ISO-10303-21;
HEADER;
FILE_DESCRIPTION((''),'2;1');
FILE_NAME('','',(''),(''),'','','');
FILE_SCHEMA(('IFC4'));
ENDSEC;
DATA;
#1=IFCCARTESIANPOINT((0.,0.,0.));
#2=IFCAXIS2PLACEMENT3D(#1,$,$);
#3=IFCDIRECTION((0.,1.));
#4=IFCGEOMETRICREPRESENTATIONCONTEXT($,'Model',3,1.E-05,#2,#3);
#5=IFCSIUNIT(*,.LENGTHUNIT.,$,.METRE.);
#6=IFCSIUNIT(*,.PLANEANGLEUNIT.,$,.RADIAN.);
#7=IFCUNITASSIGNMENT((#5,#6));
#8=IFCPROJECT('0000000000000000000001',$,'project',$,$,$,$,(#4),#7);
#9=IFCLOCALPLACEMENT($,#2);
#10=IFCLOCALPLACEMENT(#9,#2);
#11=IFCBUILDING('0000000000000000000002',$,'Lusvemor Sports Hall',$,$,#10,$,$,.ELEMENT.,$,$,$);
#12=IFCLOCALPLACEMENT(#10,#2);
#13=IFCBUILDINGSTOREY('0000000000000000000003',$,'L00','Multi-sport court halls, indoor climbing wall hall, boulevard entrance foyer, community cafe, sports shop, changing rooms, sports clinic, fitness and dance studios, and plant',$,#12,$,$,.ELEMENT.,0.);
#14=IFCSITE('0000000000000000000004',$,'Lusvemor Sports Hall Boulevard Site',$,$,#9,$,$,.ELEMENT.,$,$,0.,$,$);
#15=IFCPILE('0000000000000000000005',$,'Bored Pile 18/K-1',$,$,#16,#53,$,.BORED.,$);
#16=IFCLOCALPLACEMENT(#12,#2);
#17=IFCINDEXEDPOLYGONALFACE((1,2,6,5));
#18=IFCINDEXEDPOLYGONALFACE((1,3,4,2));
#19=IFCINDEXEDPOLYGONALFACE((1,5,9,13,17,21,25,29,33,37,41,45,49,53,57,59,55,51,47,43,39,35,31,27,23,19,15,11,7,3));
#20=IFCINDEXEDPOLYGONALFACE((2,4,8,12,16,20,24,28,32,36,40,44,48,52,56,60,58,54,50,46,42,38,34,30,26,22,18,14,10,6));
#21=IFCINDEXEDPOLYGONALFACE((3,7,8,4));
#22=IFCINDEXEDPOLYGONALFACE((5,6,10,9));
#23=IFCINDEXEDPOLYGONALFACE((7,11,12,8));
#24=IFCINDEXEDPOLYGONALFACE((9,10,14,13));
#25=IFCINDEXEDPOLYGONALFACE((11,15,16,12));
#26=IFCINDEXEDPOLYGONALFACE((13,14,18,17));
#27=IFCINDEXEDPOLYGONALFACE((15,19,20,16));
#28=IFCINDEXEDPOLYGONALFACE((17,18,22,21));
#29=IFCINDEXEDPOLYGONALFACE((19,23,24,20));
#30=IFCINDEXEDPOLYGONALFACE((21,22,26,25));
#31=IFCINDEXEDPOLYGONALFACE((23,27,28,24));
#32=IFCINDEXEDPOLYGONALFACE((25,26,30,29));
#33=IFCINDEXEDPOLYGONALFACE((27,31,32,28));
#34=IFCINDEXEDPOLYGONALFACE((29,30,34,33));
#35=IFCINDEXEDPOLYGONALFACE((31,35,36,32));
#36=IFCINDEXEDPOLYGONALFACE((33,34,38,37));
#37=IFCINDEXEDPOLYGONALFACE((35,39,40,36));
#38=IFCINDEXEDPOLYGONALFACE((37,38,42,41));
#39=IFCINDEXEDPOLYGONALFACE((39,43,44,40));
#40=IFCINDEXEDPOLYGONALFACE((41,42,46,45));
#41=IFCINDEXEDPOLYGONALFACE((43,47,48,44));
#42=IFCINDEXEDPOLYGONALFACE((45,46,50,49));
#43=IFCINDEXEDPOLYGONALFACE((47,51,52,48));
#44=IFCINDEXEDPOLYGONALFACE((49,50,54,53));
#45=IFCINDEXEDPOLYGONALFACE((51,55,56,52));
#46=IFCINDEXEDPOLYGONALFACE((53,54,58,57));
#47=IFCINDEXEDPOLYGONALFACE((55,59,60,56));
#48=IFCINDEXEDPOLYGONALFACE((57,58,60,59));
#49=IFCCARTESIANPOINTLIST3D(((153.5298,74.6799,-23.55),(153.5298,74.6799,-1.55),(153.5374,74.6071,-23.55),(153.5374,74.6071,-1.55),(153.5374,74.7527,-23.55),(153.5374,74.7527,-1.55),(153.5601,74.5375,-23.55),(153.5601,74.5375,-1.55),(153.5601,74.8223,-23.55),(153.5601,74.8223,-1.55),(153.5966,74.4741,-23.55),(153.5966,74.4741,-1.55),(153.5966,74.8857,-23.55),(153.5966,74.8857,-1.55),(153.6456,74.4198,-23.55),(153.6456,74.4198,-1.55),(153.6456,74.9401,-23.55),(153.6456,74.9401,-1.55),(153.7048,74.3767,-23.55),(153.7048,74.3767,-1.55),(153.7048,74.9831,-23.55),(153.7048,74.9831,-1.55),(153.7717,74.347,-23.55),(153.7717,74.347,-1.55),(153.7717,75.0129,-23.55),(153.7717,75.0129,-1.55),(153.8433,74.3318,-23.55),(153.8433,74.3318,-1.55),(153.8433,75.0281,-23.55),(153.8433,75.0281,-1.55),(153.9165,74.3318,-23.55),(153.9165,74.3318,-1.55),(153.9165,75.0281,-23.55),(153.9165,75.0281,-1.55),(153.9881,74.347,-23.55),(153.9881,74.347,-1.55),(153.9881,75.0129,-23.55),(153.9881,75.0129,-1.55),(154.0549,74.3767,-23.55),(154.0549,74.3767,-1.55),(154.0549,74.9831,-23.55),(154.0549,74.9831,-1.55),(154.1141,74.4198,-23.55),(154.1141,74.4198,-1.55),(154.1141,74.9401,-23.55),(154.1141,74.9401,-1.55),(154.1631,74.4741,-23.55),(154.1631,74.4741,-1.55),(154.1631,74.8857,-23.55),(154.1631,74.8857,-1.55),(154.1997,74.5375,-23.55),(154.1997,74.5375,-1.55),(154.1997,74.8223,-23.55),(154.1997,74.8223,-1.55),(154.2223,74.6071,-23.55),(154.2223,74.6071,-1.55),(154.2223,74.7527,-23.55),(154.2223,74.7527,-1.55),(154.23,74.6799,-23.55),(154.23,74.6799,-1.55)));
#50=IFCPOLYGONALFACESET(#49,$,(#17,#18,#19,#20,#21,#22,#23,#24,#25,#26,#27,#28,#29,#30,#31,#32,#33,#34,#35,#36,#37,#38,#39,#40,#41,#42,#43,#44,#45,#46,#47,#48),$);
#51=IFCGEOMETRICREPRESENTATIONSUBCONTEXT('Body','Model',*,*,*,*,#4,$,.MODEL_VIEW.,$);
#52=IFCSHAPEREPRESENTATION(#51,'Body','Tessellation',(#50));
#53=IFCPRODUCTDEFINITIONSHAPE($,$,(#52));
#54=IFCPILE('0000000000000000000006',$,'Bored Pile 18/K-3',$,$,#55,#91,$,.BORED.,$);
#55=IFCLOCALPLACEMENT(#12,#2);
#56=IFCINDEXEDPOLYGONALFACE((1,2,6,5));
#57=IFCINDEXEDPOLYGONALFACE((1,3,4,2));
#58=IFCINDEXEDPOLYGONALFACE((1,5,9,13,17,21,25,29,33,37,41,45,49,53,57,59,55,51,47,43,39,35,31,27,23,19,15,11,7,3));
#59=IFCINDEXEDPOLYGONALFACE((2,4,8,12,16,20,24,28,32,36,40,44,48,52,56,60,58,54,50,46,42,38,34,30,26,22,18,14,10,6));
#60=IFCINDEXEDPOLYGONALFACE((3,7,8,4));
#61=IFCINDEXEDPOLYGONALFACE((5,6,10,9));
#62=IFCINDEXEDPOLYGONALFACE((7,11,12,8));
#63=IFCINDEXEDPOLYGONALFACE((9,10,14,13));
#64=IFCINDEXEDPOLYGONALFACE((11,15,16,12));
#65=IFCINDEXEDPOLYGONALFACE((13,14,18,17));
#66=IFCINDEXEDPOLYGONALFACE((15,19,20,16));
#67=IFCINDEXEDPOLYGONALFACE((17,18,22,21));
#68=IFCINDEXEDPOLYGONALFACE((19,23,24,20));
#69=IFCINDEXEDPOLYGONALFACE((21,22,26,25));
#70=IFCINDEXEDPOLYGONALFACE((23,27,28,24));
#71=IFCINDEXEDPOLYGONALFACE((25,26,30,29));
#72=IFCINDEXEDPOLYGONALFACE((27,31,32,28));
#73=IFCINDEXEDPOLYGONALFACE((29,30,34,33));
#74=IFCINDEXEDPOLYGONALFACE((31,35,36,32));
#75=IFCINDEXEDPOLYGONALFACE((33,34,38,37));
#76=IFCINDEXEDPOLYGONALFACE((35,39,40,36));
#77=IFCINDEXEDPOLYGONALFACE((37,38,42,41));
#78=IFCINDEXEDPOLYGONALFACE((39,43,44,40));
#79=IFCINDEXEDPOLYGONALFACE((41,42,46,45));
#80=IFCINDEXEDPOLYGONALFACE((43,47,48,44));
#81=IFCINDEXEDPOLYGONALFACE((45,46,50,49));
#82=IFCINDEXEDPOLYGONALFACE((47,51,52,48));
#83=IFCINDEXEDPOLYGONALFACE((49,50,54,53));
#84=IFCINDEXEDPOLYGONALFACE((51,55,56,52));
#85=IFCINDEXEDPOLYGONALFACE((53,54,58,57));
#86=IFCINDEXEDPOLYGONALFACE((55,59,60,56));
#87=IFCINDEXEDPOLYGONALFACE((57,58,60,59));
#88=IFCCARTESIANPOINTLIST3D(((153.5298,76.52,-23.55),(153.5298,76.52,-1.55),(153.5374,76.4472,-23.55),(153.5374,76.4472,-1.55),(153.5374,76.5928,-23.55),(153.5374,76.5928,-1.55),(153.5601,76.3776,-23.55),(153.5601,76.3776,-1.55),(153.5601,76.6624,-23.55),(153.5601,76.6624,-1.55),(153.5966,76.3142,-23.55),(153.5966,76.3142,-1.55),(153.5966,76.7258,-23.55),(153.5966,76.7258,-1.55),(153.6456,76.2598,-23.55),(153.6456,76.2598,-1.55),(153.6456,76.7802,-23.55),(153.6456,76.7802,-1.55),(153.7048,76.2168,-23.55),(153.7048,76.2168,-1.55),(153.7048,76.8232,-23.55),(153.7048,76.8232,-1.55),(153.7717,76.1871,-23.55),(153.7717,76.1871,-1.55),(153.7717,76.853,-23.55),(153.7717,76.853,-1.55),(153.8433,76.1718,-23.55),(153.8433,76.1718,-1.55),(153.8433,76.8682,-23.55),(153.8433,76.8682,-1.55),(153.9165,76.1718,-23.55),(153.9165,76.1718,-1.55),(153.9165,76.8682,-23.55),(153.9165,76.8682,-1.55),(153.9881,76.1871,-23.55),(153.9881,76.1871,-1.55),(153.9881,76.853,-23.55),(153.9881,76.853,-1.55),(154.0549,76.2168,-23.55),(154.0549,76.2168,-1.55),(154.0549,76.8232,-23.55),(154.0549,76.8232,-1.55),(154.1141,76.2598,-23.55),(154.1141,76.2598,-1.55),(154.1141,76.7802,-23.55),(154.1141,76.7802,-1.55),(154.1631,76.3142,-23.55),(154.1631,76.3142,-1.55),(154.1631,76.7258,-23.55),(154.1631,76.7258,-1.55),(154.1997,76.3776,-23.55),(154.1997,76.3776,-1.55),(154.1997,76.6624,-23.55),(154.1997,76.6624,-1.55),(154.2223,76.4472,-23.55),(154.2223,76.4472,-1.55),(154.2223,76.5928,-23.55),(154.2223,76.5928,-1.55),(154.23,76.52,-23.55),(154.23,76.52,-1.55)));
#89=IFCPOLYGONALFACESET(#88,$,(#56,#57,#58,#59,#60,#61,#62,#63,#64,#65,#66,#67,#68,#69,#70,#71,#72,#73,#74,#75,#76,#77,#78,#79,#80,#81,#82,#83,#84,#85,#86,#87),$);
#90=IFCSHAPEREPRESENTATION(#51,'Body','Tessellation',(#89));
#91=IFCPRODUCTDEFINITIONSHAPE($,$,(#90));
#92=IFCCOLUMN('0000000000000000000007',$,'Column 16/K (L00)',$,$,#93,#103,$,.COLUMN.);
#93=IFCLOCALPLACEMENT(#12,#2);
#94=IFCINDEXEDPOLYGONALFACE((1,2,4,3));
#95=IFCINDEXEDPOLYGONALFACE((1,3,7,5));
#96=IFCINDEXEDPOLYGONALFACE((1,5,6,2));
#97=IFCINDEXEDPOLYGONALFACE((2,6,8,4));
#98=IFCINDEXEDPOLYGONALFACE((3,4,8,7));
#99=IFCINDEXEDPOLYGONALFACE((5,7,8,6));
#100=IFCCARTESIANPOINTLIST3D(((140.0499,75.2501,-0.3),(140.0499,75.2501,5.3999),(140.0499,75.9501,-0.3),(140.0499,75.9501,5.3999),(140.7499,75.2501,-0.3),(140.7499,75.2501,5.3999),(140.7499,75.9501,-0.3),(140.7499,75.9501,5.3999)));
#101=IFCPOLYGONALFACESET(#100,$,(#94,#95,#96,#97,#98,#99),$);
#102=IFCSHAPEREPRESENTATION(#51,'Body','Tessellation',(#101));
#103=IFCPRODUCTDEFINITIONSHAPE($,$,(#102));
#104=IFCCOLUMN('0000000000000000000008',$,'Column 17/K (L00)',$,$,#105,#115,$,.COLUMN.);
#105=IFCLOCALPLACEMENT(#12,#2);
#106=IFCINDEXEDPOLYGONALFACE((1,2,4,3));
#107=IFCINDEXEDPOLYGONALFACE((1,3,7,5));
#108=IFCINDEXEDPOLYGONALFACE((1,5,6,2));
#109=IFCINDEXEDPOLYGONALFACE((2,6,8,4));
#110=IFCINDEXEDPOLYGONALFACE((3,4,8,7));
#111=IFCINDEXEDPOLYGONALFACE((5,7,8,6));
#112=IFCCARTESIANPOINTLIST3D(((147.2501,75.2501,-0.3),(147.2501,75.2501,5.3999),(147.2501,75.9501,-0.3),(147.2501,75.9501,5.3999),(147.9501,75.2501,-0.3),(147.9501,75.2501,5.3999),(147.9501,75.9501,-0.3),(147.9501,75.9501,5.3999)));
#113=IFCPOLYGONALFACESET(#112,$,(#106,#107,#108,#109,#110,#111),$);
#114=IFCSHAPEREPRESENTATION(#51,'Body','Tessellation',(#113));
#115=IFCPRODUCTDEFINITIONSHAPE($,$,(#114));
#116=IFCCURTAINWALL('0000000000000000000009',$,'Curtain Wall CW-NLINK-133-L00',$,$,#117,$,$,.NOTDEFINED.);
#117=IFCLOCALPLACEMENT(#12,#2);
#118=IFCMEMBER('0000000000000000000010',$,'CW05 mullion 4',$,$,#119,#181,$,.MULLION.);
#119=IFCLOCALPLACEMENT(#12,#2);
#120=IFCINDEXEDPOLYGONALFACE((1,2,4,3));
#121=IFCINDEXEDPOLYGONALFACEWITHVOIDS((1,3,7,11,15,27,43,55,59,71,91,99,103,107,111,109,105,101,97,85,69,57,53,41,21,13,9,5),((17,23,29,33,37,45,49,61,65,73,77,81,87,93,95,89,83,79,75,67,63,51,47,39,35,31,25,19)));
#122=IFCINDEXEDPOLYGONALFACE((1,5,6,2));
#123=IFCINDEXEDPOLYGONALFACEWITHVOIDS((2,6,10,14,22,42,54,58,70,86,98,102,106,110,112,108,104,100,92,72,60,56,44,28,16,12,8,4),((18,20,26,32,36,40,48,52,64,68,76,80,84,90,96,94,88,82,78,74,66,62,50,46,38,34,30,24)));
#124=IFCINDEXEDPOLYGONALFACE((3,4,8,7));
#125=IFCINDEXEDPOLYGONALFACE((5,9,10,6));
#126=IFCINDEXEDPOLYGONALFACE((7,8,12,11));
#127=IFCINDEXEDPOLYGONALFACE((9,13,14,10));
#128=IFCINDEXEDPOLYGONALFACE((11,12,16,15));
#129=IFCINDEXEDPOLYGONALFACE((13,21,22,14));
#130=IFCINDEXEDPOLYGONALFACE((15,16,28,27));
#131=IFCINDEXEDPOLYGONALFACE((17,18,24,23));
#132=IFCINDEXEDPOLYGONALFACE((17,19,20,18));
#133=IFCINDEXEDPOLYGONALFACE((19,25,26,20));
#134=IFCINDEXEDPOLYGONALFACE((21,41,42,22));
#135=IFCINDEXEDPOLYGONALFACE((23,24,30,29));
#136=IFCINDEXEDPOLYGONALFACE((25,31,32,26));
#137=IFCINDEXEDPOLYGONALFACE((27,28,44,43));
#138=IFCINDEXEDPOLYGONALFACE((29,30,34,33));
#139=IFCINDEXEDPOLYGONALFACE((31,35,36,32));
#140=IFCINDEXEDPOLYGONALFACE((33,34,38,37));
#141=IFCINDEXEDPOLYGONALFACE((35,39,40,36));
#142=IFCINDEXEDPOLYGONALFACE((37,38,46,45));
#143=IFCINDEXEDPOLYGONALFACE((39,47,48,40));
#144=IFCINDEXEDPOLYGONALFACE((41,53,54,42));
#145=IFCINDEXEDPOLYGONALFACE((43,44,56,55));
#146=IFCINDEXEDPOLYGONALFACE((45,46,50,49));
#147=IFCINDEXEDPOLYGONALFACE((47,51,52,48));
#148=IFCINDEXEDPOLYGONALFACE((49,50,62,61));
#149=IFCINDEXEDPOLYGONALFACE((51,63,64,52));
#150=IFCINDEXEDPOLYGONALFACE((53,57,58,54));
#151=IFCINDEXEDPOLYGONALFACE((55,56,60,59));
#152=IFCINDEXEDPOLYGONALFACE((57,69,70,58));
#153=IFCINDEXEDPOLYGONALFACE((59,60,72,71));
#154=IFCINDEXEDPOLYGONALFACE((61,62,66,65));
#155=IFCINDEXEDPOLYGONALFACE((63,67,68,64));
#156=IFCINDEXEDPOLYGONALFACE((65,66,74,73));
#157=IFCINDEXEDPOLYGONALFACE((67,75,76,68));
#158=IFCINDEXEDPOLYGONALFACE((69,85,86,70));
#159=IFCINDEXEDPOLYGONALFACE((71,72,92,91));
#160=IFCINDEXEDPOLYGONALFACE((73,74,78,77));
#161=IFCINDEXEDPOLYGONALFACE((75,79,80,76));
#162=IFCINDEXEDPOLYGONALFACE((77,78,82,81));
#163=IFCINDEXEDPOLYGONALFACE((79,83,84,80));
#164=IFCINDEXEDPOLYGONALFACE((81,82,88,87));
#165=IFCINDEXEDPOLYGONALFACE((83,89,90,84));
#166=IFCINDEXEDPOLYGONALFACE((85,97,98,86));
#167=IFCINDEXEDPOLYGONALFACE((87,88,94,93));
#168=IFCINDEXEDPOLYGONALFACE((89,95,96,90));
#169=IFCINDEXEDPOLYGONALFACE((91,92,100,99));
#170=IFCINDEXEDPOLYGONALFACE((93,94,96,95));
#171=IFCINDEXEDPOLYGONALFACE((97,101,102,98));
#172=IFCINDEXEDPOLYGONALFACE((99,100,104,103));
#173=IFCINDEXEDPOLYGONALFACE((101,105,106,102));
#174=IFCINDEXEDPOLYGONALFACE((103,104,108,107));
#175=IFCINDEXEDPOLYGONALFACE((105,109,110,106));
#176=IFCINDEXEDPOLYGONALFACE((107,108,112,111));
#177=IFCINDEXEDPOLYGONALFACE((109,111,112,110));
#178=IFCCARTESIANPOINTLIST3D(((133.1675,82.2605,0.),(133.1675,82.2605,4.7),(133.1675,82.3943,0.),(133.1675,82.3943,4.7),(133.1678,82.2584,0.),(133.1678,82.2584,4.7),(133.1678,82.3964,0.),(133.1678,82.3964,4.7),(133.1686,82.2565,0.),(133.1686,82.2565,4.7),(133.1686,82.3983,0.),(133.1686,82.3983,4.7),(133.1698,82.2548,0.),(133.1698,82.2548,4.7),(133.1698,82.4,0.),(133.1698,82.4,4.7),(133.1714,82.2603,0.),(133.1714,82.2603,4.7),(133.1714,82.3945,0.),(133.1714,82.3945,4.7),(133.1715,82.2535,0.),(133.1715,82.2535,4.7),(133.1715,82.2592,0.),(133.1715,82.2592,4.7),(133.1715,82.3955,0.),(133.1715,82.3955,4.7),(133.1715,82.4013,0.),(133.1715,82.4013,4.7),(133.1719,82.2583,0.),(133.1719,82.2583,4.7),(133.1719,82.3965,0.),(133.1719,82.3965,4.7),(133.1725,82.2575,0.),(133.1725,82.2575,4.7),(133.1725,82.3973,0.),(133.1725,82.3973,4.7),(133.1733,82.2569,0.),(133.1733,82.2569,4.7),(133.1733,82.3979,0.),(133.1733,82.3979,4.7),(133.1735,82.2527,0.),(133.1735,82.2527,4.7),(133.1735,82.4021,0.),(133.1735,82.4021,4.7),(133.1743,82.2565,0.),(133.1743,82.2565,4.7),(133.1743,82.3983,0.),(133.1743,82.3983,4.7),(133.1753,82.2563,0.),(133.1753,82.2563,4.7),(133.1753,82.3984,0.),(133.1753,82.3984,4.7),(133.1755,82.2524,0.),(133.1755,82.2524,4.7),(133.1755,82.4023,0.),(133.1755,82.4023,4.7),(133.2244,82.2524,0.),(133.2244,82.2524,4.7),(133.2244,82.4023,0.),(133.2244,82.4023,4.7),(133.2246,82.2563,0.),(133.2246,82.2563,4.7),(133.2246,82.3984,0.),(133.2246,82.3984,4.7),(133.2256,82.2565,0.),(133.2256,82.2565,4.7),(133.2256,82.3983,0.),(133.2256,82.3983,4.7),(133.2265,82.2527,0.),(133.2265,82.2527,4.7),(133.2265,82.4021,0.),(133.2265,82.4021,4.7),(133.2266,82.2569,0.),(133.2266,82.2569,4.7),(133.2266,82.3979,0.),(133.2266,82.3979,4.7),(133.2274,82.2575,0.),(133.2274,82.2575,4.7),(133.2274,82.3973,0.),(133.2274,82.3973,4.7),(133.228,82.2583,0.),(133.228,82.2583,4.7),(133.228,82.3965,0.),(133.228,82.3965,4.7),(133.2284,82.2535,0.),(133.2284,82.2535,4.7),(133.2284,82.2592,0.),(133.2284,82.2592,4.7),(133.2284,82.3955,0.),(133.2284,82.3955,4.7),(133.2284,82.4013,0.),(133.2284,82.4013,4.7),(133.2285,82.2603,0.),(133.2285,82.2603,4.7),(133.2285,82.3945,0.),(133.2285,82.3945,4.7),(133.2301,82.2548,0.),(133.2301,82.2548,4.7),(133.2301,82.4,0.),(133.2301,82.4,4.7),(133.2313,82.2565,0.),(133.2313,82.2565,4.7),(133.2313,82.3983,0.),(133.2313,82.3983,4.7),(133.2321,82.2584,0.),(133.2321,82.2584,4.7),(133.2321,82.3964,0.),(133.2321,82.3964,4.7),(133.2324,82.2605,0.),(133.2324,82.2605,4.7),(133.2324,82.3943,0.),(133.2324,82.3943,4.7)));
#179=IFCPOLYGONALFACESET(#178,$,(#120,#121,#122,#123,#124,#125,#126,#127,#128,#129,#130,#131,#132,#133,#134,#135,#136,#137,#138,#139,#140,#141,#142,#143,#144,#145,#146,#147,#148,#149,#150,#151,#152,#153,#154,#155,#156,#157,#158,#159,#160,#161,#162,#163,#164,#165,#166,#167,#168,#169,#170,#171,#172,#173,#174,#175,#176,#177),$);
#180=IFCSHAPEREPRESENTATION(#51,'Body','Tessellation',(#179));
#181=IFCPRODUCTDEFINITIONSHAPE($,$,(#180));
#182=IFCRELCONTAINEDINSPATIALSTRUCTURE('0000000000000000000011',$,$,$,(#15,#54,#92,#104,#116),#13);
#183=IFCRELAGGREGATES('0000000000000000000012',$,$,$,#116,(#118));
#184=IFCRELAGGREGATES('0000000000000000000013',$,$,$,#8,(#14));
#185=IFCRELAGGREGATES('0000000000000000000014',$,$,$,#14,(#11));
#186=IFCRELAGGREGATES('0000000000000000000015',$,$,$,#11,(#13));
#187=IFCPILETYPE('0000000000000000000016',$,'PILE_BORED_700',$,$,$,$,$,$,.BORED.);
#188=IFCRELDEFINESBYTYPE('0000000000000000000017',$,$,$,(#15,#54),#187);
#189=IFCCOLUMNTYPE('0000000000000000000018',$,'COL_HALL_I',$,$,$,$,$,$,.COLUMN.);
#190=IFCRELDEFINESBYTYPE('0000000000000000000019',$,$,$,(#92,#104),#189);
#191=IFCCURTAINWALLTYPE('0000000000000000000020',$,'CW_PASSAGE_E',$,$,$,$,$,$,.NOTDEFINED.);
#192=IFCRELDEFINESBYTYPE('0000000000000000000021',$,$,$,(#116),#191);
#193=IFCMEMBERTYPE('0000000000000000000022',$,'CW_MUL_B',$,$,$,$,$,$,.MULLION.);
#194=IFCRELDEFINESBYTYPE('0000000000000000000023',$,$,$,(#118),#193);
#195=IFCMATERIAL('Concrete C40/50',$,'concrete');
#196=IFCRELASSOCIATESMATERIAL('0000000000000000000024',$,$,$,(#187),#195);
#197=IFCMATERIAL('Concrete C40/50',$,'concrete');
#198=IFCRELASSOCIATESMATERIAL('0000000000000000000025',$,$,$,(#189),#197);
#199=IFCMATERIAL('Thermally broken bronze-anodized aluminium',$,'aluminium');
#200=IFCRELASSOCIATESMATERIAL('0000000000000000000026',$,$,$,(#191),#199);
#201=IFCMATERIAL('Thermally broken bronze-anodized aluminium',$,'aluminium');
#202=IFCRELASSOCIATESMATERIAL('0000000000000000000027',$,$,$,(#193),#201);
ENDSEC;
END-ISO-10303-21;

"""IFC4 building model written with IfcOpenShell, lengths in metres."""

from ifc_helpers import new_model, si_unit, direction, frame, origin, origin_2d, place, context, subcontext, project, spatial, rectangle, hollow_rectangle, circle, extrude, material, material_profile, profile_set, type_object, element, aggregate, save


model = new_model("IFC4")

# Units and contexts
model_context = context("Model", 3, precision=1e-05, world=origin(), true_north=direction((0.0, 1.0)))
body_context = subcontext(model_context, "Body", "Model", "MODEL_VIEW")
ifc_project = project(units=[si_unit("LENGTHUNIT", "METRE"), si_unit("PLANEANGLEUNIT", "RADIAN")], contexts=[model_context])

# Site, building, storey
site_placement = place(None, origin())
site = spatial("IfcSite", under=ifc_project, at=site_placement, Name="Lusvemor Sports Hall Boulevard Site", CompositionType="ELEMENT", RefElevation=0.0)
building_placement = place(site_placement, origin())
building = spatial("IfcBuilding", under=site, at=building_placement, Name="Lusvemor Sports Hall", CompositionType="ELEMENT")
storey_placement = place(building_placement, origin())
storey = spatial("IfcBuildingStorey", under=building, at=storey_placement, Name="L00", Description="Multi-sport court halls, indoor climbing wall hall, boulevard entrance foyer, community cafe, sports shop, changing rooms, sports clinic, fitness and dance studios, and plant", CompositionType="ELEMENT", Elevation=0.0)

# Piles
ifc_material_1 = material(Name="Concrete C40/50", Category="concrete")
ifc_material_profile_1 = material_profile(ifc_material_1, circle(Radius=0.3501, at=origin_2d()), Name="PILE700")
ifc_profile_set_1 = profile_set([ifc_material_profile_1], Name="Concrete C40/50")
pile_type = type_object("IfcPileType", Name="PILE_BORED_700", PredefinedType="BORED", material=ifc_profile_set_1)
for number, where, z_axis, x_axis, name in (
    (1, (153.8799, 74.6799, -1.55), (0.0, 0.0, -1.0), (1.0, 0.0, 0.0), "Bored Pile 18/K-1"),
    (2, (153.8799, 76.52, -1.55), (0.0, 0.0, -1.0), (1.0, 0.0, 0.0), "Bored Pile 18/K-3"),
):
    element("IfcPile", number, at=place(storey_placement, frame(where, z_axis=z_axis, x_axis=x_axis)), inside=storey, type_object=pile_type, Name=name, PredefinedType="BORED", context=body_context, shape_type="SweptSolid", body=[
        extrude(circle(Radius=0.3501, at=origin_2d()), origin(), (0.0, 0.0, 1.0), 22.0),
    ])

# Columns
ifc_material_2 = material(Name="Concrete C40/50", Category="concrete")
ifc_material_profile_2 = material_profile(ifc_material_2, rectangle(XDim=0.7, YDim=0.7, at=origin_2d()), Name="RC700x700")
ifc_profile_set_2 = profile_set([ifc_material_profile_2], Name="Concrete C40/50")
column_type = type_object("IfcColumnType", Name="COL_HALL_I", PredefinedType="COLUMN", material=ifc_profile_set_2)
for number, where, z_axis, x_axis, name in (
    (3, (140.3999, 75.6001, -0.3), (0.0, 0.0, 1.0), (1.0, 0.0, 0.0), "Column 16/K (L00)"),
    (4, (147.6001, 75.6001, -0.3), (0.0, 0.0, 1.0), (1.0, 0.0, 0.0), "Column 17/K (L00)"),
):
    element("IfcColumn", number, at=place(storey_placement, frame(where, z_axis=z_axis, x_axis=x_axis)), inside=storey, type_object=column_type, Name=name, PredefinedType="COLUMN", context=body_context, shape_type="SweptSolid", body=[
        extrude(rectangle(XDim=0.7, YDim=0.7, at=origin_2d()), origin(), (0.0, 0.0, 1.0), 5.7),
    ])

# Curtain wall, member
ifc_material_3 = material(Name="Thermally broken bronze-anodized aluminium", Category="aluminium")
curtain_wall_type = type_object("IfcCurtainWallType", Name="CW_PASSAGE_E", PredefinedType="NOTDEFINED", material=ifc_material_3)
curtain_wall_placement = place(storey_placement, origin())
curtain_wall = element("IfcCurtainWall", 5, at=curtain_wall_placement, inside=storey, type_object=curtain_wall_type, Name="Curtain Wall CW-NLINK-133-L00", PredefinedType="NOTDEFINED")
ifc_material_4 = material(Name="Thermally broken bronze-anodized aluminium", Category="aluminium")
ifc_material_profile_3 = material_profile(ifc_material_4, hollow_rectangle(XDim=0.0649, YDim=0.1499, WallThickness=0.0039, InnerFilletRadius=0.0039, OuterFilletRadius=0.0081, at=origin_2d()), Name="CWMUL150x65x4")
ifc_profile_set_3 = profile_set([ifc_material_profile_3], Name="Thermally broken bronze-anodized aluminium")
member_type = type_object("IfcMemberType", Name="CW_MUL_B", PredefinedType="MULLION", material=ifc_profile_set_3)
member_placement = place(storey_placement, frame((133.2, 82.3274, 0.0), z_axis=(0.0, 0.0, 1.0), x_axis=(-1.0, 0.0, 0.0)))
member = element("IfcMember", 6, at=member_placement, type_object=member_type, Name="CW05 mullion 4", PredefinedType="MULLION", context=body_context, shape_type="SweptSolid", body=[
    extrude(hollow_rectangle(XDim=0.0649, YDim=0.1499, WallThickness=0.0039, InnerFilletRadius=0.0039, OuterFilletRadius=0.0081, at=origin_2d()), origin(), (0.0, 0.0, 1.0), 4.7),
])
aggregate(curtain_wall, [member])

save(model, "model.ifc")
